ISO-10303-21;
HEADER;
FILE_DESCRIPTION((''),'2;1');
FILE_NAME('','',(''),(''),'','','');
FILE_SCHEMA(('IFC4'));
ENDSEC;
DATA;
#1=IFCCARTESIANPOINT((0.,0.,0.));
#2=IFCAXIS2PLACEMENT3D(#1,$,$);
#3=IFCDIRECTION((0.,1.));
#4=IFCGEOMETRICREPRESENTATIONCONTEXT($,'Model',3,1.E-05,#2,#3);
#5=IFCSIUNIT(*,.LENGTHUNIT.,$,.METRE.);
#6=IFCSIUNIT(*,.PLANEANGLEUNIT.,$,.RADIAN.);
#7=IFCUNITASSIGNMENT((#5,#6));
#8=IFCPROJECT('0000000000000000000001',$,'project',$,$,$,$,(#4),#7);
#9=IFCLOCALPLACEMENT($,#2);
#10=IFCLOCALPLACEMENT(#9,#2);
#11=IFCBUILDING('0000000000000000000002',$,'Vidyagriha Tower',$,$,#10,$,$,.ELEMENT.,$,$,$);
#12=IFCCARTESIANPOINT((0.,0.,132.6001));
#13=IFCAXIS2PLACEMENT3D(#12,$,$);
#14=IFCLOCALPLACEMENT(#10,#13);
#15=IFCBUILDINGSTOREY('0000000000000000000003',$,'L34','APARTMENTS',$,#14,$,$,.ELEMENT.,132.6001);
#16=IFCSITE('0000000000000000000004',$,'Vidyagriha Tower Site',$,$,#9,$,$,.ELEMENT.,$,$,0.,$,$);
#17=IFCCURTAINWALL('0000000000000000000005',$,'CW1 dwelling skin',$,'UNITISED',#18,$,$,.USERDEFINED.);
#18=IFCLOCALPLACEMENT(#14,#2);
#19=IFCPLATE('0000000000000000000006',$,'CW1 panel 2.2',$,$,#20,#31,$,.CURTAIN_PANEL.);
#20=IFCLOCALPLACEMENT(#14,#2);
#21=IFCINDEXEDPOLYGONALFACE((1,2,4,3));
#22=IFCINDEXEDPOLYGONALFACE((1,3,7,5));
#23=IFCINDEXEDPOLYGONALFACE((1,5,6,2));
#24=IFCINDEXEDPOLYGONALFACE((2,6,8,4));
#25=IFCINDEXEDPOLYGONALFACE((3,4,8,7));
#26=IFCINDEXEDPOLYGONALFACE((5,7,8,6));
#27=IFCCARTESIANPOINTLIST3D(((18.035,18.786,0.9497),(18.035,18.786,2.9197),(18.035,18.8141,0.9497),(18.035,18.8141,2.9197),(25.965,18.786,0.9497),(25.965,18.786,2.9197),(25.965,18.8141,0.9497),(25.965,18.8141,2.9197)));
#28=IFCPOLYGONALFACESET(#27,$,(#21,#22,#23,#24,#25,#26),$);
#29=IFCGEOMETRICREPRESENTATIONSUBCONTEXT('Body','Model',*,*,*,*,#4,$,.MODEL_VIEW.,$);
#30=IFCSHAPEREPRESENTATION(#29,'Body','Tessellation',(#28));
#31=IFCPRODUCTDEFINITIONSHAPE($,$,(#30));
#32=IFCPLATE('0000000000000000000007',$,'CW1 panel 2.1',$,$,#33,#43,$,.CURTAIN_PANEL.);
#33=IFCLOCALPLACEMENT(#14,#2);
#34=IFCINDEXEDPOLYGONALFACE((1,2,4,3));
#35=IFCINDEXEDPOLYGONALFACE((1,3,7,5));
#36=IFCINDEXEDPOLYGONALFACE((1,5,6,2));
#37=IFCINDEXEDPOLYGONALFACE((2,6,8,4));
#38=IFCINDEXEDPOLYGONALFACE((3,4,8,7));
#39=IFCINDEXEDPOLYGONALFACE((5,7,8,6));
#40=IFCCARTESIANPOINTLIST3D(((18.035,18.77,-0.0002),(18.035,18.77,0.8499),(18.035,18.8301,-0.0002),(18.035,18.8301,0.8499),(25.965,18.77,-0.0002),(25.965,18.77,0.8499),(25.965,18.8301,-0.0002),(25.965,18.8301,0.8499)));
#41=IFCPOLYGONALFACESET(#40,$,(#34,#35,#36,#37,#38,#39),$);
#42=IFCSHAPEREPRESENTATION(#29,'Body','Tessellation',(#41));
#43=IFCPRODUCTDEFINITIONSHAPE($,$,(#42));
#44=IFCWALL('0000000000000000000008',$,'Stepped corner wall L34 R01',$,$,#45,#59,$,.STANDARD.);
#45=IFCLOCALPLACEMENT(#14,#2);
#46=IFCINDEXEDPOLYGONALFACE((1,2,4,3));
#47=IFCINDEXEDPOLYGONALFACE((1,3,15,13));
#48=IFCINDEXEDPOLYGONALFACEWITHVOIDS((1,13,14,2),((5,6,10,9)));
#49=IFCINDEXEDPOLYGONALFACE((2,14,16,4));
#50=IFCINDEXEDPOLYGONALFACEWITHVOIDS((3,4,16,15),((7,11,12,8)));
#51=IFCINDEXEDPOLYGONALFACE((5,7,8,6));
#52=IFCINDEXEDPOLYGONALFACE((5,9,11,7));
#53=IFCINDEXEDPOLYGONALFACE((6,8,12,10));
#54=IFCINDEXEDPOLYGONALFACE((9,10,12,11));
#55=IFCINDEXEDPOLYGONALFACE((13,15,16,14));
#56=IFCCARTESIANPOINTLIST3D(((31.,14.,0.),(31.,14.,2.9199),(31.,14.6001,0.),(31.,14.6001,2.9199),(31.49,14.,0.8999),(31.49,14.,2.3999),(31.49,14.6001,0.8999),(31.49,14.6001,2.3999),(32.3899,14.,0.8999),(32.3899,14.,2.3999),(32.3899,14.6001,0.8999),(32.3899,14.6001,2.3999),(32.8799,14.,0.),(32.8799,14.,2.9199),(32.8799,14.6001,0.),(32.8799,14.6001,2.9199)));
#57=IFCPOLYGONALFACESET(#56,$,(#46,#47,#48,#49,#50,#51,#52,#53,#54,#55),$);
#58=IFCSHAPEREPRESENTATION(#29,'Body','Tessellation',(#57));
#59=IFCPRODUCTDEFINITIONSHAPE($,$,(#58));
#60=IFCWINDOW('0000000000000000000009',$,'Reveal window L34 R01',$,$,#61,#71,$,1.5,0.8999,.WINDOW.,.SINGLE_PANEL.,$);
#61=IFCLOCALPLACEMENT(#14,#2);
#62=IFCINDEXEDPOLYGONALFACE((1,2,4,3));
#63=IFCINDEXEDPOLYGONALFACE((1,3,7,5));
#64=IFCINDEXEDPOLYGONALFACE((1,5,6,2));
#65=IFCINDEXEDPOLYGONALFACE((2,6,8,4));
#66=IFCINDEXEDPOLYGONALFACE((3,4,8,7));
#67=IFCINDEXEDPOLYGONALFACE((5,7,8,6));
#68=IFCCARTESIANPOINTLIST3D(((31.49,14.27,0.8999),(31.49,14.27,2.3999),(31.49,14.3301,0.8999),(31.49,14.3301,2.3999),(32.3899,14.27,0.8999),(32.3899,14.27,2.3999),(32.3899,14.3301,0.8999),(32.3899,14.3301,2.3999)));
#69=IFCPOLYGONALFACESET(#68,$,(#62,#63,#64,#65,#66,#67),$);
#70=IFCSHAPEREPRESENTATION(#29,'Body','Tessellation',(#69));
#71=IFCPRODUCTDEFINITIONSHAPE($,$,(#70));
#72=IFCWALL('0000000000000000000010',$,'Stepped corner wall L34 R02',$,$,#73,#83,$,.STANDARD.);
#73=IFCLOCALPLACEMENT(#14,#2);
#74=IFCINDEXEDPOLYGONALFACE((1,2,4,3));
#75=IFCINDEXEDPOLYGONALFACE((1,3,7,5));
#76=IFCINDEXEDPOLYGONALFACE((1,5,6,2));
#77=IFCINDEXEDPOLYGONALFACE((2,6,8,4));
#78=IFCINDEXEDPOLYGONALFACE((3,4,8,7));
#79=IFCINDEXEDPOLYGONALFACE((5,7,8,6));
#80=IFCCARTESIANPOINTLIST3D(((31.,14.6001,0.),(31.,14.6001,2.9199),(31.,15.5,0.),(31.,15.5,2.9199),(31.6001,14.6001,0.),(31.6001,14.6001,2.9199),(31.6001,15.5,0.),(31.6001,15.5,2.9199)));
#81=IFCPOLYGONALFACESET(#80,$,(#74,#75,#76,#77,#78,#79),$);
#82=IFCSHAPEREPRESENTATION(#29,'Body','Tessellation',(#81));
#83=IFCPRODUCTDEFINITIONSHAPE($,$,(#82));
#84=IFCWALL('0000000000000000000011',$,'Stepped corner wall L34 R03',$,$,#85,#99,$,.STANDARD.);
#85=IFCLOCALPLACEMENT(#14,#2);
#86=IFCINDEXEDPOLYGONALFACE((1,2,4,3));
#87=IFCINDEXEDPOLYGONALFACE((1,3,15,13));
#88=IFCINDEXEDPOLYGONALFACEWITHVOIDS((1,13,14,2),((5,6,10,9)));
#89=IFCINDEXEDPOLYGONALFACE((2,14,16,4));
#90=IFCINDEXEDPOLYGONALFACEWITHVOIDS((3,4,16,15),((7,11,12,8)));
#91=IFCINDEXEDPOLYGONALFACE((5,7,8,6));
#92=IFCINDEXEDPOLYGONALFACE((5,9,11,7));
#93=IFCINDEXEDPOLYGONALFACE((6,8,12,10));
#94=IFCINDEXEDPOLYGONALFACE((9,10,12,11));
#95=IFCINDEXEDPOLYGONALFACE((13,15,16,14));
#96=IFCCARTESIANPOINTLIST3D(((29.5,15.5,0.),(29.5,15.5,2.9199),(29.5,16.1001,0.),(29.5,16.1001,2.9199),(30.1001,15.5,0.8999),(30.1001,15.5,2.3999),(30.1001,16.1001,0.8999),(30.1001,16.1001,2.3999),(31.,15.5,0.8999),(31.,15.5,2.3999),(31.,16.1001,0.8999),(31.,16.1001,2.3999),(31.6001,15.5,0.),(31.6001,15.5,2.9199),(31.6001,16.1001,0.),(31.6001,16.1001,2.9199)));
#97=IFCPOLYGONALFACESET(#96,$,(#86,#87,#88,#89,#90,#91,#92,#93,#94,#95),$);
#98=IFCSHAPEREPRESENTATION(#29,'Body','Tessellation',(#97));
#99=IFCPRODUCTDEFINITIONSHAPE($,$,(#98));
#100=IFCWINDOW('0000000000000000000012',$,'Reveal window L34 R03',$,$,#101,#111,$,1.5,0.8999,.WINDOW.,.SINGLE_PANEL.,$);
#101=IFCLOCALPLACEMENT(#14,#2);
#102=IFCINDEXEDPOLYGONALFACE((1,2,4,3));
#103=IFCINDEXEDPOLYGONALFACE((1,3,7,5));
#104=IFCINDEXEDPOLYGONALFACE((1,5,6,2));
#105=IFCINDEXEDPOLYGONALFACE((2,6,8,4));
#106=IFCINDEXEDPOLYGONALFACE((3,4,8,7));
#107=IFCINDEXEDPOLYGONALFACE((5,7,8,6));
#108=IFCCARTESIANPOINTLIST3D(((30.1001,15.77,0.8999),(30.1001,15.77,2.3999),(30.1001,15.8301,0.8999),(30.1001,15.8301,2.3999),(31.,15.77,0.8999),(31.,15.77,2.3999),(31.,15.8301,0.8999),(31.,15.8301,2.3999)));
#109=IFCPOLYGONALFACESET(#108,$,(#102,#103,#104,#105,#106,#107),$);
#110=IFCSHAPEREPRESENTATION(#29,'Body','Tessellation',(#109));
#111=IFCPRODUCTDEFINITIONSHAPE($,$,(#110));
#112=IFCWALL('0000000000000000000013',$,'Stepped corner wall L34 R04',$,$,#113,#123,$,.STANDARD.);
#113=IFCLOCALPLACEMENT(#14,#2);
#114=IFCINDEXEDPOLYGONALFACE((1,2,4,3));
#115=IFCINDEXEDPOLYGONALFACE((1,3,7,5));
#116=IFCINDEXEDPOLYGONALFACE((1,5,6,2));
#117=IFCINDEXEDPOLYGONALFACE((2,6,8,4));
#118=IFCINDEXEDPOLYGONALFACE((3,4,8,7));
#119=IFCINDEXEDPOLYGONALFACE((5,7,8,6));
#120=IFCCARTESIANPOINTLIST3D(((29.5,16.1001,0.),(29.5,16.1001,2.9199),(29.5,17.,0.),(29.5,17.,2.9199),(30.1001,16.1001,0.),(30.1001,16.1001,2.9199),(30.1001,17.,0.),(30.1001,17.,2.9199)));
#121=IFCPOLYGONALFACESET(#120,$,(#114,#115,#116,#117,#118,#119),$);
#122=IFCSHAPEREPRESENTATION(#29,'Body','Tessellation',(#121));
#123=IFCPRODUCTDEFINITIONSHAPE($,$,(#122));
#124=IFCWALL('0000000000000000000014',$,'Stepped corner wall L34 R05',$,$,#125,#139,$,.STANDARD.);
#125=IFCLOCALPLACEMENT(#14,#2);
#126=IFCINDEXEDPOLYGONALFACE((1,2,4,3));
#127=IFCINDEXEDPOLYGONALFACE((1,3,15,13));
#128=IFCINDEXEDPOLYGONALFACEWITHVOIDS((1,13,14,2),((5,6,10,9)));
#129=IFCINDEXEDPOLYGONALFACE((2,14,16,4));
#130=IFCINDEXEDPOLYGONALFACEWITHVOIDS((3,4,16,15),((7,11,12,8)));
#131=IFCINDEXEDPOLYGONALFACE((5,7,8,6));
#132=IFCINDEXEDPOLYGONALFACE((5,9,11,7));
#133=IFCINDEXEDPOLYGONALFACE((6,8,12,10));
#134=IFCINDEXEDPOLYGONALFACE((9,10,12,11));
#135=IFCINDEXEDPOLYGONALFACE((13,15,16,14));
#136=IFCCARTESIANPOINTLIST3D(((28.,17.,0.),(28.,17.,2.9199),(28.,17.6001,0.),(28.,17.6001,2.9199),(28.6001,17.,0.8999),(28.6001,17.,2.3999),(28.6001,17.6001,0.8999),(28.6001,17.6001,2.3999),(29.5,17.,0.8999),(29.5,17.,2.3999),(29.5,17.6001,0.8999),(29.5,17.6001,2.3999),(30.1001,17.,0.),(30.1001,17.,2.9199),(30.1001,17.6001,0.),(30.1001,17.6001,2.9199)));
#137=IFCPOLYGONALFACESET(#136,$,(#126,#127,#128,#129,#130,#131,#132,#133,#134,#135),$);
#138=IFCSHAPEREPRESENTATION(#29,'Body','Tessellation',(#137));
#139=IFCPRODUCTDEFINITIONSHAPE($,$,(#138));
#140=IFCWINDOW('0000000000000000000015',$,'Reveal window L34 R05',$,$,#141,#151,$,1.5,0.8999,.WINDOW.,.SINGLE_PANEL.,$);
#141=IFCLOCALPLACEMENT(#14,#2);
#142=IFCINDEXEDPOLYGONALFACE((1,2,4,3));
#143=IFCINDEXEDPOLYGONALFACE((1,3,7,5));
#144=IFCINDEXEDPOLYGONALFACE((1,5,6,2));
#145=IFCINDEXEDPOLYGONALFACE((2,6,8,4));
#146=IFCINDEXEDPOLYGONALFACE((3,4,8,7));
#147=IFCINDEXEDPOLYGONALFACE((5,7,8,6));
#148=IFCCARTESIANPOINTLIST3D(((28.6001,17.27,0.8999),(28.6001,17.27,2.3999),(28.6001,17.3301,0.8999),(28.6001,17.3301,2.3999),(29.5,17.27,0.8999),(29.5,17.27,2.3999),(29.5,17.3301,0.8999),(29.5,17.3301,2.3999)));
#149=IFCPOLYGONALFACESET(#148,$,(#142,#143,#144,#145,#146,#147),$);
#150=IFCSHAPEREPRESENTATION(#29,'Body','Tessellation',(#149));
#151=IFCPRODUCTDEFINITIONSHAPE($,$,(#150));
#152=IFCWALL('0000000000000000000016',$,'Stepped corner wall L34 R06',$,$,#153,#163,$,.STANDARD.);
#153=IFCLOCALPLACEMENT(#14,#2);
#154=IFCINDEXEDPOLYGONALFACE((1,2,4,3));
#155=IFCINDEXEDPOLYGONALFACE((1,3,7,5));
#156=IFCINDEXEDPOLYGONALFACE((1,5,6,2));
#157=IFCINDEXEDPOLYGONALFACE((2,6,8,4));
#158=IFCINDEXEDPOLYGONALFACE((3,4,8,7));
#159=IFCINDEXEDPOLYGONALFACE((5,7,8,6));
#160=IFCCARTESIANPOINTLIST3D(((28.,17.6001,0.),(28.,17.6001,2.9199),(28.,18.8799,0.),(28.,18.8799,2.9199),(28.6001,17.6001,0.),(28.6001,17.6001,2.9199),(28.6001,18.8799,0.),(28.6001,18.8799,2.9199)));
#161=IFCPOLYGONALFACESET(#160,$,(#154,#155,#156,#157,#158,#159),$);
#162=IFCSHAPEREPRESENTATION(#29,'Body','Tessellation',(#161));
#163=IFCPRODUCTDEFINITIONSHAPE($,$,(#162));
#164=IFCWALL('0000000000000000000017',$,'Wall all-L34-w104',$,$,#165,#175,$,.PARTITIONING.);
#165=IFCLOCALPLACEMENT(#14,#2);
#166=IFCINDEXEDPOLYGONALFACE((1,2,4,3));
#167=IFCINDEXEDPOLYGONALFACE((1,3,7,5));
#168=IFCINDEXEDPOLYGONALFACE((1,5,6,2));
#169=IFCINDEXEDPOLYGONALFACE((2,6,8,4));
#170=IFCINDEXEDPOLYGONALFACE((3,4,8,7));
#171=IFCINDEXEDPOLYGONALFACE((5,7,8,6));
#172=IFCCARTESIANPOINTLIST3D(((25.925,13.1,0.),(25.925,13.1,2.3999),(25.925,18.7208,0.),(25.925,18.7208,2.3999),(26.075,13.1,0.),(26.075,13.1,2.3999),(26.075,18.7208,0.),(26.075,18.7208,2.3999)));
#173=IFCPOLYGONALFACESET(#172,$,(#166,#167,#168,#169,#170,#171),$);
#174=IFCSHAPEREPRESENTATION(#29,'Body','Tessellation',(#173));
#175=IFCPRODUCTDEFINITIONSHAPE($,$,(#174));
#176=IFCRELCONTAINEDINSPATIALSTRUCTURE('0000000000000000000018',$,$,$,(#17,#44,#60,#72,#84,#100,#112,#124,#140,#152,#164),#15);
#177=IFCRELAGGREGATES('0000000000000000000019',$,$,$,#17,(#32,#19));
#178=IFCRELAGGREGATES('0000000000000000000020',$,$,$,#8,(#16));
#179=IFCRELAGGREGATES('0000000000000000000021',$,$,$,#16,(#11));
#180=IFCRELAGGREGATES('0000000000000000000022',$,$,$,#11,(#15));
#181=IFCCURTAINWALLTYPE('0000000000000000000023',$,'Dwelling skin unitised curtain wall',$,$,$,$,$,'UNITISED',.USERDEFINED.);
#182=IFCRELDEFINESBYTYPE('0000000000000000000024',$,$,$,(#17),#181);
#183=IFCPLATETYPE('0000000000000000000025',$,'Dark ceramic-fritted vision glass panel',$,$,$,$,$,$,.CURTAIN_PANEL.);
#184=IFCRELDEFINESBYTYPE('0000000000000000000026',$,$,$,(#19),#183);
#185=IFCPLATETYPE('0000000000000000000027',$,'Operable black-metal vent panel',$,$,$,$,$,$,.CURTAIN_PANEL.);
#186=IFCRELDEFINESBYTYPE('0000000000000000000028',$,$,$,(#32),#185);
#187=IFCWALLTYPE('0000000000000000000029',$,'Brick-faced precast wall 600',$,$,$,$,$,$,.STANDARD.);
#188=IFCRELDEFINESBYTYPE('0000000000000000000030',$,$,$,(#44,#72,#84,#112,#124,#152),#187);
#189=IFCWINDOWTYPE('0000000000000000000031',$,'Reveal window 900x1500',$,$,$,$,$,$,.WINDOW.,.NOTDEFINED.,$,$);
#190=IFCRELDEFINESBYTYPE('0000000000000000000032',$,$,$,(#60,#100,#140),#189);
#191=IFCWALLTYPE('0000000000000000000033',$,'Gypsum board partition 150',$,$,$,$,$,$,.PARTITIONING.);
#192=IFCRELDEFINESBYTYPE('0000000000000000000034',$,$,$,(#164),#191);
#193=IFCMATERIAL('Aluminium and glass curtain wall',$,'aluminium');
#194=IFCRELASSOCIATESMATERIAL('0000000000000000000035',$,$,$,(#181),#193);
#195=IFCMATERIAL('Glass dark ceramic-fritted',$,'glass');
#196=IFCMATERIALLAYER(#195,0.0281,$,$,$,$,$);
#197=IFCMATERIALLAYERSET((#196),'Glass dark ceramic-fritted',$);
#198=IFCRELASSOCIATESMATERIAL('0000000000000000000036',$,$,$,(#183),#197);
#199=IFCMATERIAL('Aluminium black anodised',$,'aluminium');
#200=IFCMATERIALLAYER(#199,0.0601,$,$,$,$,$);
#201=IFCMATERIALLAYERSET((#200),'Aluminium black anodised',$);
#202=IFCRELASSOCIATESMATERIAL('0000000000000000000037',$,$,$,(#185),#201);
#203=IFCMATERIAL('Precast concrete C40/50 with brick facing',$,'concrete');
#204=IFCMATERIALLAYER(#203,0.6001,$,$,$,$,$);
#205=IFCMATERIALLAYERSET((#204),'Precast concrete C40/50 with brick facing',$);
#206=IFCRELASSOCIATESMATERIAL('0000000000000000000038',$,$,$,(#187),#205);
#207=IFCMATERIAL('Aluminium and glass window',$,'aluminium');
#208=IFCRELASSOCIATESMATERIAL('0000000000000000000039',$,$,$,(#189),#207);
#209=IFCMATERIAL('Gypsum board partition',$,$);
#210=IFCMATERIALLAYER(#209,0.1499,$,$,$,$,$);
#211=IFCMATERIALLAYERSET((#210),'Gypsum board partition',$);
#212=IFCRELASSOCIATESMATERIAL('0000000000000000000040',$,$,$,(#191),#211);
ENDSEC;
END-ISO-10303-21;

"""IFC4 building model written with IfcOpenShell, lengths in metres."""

from ifc_helpers import new_model, si_unit, direction, frame, frame_2d, origin, origin_2d, place, context, subcontext, project, spatial, rectangle, extrude, material, layer, layer_set, type_object, element, fill, aggregate, save


model = new_model("IFC4")

# Units and contexts
model_context = context("Model", 3, precision=1e-05, world=origin(), true_north=direction((0.0, 1.0)))
body_context = subcontext(model_context, "Body", "Model", "MODEL_VIEW")
ifc_project = project(units=[si_unit("LENGTHUNIT", "METRE"), si_unit("PLANEANGLEUNIT", "RADIAN")], contexts=[model_context])

# Site, building, storey
site_placement = place(None, origin())
site = spatial("IfcSite", under=ifc_project, at=site_placement, Name="Vidyagriha Tower Site", CompositionType="ELEMENT", RefElevation=0.0)
building_placement = place(site_placement, origin())
building = spatial("IfcBuilding", under=site, at=building_placement, Name="Vidyagriha Tower", CompositionType="ELEMENT")
storey_placement = place(building_placement, frame((0.0, 0.0, 132.6001)))
storey = spatial("IfcBuildingStorey", under=building, at=storey_placement, Name="L34", Description="APARTMENTS", CompositionType="ELEMENT", Elevation=132.6001)

# Curtain wall, plates
ifc_material_1 = material(Name="Aluminium and glass curtain wall", Category="aluminium")
curtain_wall_type = type_object("IfcCurtainWallType", Name="Dwelling skin unitised curtain wall", ElementType="UNITISED", PredefinedType="USERDEFINED", material=ifc_material_1)
curtain_wall_placement = place(storey_placement, origin())
curtain_wall = element("IfcCurtainWall", 1, at=curtain_wall_placement, inside=storey, type_object=curtain_wall_type, Name="CW1 dwelling skin", ObjectType="UNITISED", PredefinedType="USERDEFINED")
ifc_material_2 = material(Name="Glass dark ceramic-fritted", Category="glass")
ifc_layer_1 = layer(ifc_material_2, 0.0281)
ifc_layer_set_1 = layer_set([ifc_layer_1], Name="Glass dark ceramic-fritted")
plate_type_1 = type_object("IfcPlateType", Name="Dark ceramic-fritted vision glass panel", PredefinedType="CURTAIN_PANEL", material=ifc_layer_set_1)
plate_1_placement = place(storey_placement, frame((22.0, 18.8, 0.9497), z_axis=(0.0, 0.0, 1.0), x_axis=(-1.0, 0.0, 0.0)))
plate_1 = element("IfcPlate", 2, at=plate_1_placement, type_object=plate_type_1, Name="CW1 panel 2.2", PredefinedType="CURTAIN_PANEL", context=body_context, shape_type="SweptSolid", body=[
    extrude(rectangle(XDim=7.9299, YDim=0.0281, at=origin_2d()), origin(), (0.0, 0.0, 1.0), 1.97),
])
ifc_material_3 = material(Name="Aluminium black anodised", Category="aluminium")
ifc_layer_2 = layer(ifc_material_3, 0.0601)
ifc_layer_set_2 = layer_set([ifc_layer_2], Name="Aluminium black anodised")
plate_type_2 = type_object("IfcPlateType", Name="Operable black-metal vent panel", PredefinedType="CURTAIN_PANEL", material=ifc_layer_set_2)
plate_2_placement = place(storey_placement, frame((22.0, 18.8, -0.0002), z_axis=(0.0, 0.0, 1.0), x_axis=(-1.0, 0.0, 0.0)))
plate_2 = element("IfcPlate", 3, at=plate_2_placement, type_object=plate_type_2, Name="CW1 panel 2.1", PredefinedType="CURTAIN_PANEL", context=body_context, shape_type="SweptSolid", body=[
    extrude(rectangle(XDim=7.9299, YDim=0.0601, at=origin_2d()), origin(), (0.0, 0.0, 1.0), 0.8501),
])
aggregate(curtain_wall, [plate_2, plate_1])

# Wall, opening, window
ifc_material_4 = material(Name="Precast concrete C40/50 with brick facing", Category="concrete")
ifc_layer_3 = layer(ifc_material_4, 0.6001)
ifc_layer_set_3 = layer_set([ifc_layer_3], Name="Precast concrete C40/50 with brick facing")
wall_type_1 = type_object("IfcWallType", Name="Brick-faced precast wall 600", PredefinedType="STANDARD", material=ifc_layer_set_3)
wall_1_placement = place(storey_placement, frame((32.8799, 14.3, 0.0), z_axis=(0.0, 0.0, 1.0), x_axis=(-1.0, 0.0, 0.0)))
wall_1 = element("IfcWall", 4, at=wall_1_placement, inside=storey, type_object=wall_type_1, Name="Stepped corner wall L34 R01", PredefinedType="STANDARD", context=body_context, shape_type="SweptSolid", body=[
    extrude(rectangle(XDim=1.8799, YDim=0.6001, at=frame_2d((0.9399, 0.0))), origin(), (0.0, 0.0, 1.0), 2.9199),
])
opening_1_placement = place(wall_1_placement, frame((0.49, 0.0, 0.8999)))
opening_1 = element("IfcOpeningElement", 5, at=opening_1_placement, cuts=wall_1, PredefinedType="OPENING", context=body_context, shape_type="SweptSolid", body=[
    extrude(rectangle(XDim=0.8999, YDim=1.5, at=frame_2d((0.45, 0.75))), frame((0.0, 0.3101, 0.0), z_axis=(0.0, -1.0, 0.0), x_axis=(1.0, 0.0, 0.0)), (0.0, 0.0, 1.0), 0.6201),
])
ifc_material_5 = material(Name="Aluminium and glass window", Category="aluminium")
window_type = type_object("IfcWindowType", Name="Reveal window 900x1500", PartitioningType="NOTDEFINED", PredefinedType="WINDOW", material=ifc_material_5)
window_1_placement = place(opening_1_placement, origin())
window_1 = element("IfcWindow", 6, at=window_1_placement, inside=storey, type_object=window_type, Name="Reveal window L34 R01", OverallHeight=1.5, OverallWidth=0.8999, PartitioningType="SINGLE_PANEL", PredefinedType="WINDOW", context=body_context, shape_type="SweptSolid", body=[
    extrude(rectangle(XDim=0.8999, YDim=1.5, at=frame_2d((0.45, 0.75))), frame((0.0, 0.03, 0.0), z_axis=(0.0, -1.0, 0.0), x_axis=(1.0, 0.0, 0.0)), (0.0, 0.0, 1.0), 0.0601),
])
fill(opening_1, window_1)

# Wall
wall_2_placement = place(storey_placement, frame((31.3, 14.6001, 0.0), z_axis=(0.0, 0.0, 1.0), x_axis=(0.0, 1.0, 0.0)))
element("IfcWall", 7, at=wall_2_placement, inside=storey, type_object=wall_type_1, Name="Stepped corner wall L34 R02", PredefinedType="STANDARD", context=body_context, shape_type="SweptSolid", body=[
    extrude(rectangle(XDim=0.8999, YDim=0.6001, at=frame_2d((0.45, 0.0))), origin(), (0.0, 0.0, 1.0), 2.9199),
])

# Wall, opening, window
wall_3_placement = place(storey_placement, frame((31.6001, 15.8, 0.0), z_axis=(0.0, 0.0, 1.0), x_axis=(-1.0, 0.0, 0.0)))
wall_3 = element("IfcWall", 8, at=wall_3_placement, inside=storey, type_object=wall_type_1, Name="Stepped corner wall L34 R03", PredefinedType="STANDARD", context=body_context, shape_type="SweptSolid", body=[
    extrude(rectangle(XDim=2.1001, YDim=0.6001, at=frame_2d((1.05, 0.0))), origin(), (0.0, 0.0, 1.0), 2.9199),
])
opening_2_placement = place(wall_3_placement, frame((0.6001, 0.0, 0.8999)))
opening_2 = element("IfcOpeningElement", 9, at=opening_2_placement, cuts=wall_3, PredefinedType="OPENING", context=body_context, shape_type="SweptSolid", body=[
    extrude(rectangle(XDim=0.8999, YDim=1.5, at=frame_2d((0.45, 0.75))), frame((0.0, 0.3101, 0.0), z_axis=(0.0, -1.0, 0.0), x_axis=(1.0, 0.0, 0.0)), (0.0, 0.0, 1.0), 0.6201),
])
window_2_placement = place(opening_2_placement, origin())
window_2 = element("IfcWindow", 10, at=window_2_placement, inside=storey, type_object=window_type, Name="Reveal window L34 R03", OverallHeight=1.5, OverallWidth=0.8999, PartitioningType="SINGLE_PANEL", PredefinedType="WINDOW", context=body_context, shape_type="SweptSolid", body=[
    extrude(rectangle(XDim=0.8999, YDim=1.5, at=frame_2d((0.45, 0.75))), frame((0.0, 0.03, 0.0), z_axis=(0.0, -1.0, 0.0), x_axis=(1.0, 0.0, 0.0)), (0.0, 0.0, 1.0), 0.0601),
])
fill(opening_2, window_2)

# Wall
wall_4_placement = place(storey_placement, frame((29.8, 16.1001, 0.0), z_axis=(0.0, 0.0, 1.0), x_axis=(0.0, 1.0, 0.0)))
element("IfcWall", 11, at=wall_4_placement, inside=storey, type_object=wall_type_1, Name="Stepped corner wall L34 R04", PredefinedType="STANDARD", context=body_context, shape_type="SweptSolid", body=[
    extrude(rectangle(XDim=0.8999, YDim=0.6001, at=frame_2d((0.45, 0.0))), origin(), (0.0, 0.0, 1.0), 2.9199),
])

# Wall, opening, window
wall_5_placement = place(storey_placement, frame((30.1001, 17.3, 0.0), z_axis=(0.0, 0.0, 1.0), x_axis=(-1.0, 0.0, 0.0)))
wall_5 = element("IfcWall", 12, at=wall_5_placement, inside=storey, type_object=wall_type_1, Name="Stepped corner wall L34 R05", PredefinedType="STANDARD", context=body_context, shape_type="SweptSolid", body=[
    extrude(rectangle(XDim=2.1001, YDim=0.6001, at=frame_2d((1.05, 0.0))), origin(), (0.0, 0.0, 1.0), 2.9199),
])
opening_3_placement = place(wall_5_placement, frame((0.6001, 0.0, 0.8999)))
opening_3 = element("IfcOpeningElement", 13, at=opening_3_placement, cuts=wall_5, PredefinedType="OPENING", context=body_context, shape_type="SweptSolid", body=[
    extrude(rectangle(XDim=0.8999, YDim=1.5, at=frame_2d((0.45, 0.75))), frame((0.0, 0.3101, 0.0), z_axis=(0.0, -1.0, 0.0), x_axis=(1.0, 0.0, 0.0)), (0.0, 0.0, 1.0), 0.6201),
])
window_3_placement = place(opening_3_placement, origin())
window_3 = element("IfcWindow", 14, at=window_3_placement, inside=storey, type_object=window_type, Name="Reveal window L34 R05", OverallHeight=1.5, OverallWidth=0.8999, PartitioningType="SINGLE_PANEL", PredefinedType="WINDOW", context=body_context, shape_type="SweptSolid", body=[
    extrude(rectangle(XDim=0.8999, YDim=1.5, at=frame_2d((0.45, 0.75))), frame((0.0, 0.03, 0.0), z_axis=(0.0, -1.0, 0.0), x_axis=(1.0, 0.0, 0.0)), (0.0, 0.0, 1.0), 0.0601),
])
fill(opening_3, window_3)

# Walls
wall_6_placement = place(storey_placement, frame((28.3, 17.6001, 0.0), z_axis=(0.0, 0.0, 1.0), x_axis=(0.0, 1.0, 0.0)))
element("IfcWall", 15, at=wall_6_placement, inside=storey, type_object=wall_type_1, Name="Stepped corner wall L34 R06", PredefinedType="STANDARD", context=body_context, shape_type="SweptSolid", body=[
    extrude(rectangle(XDim=1.2798, YDim=0.6001, at=frame_2d((0.6399, 0.0))), origin(), (0.0, 0.0, 1.0), 2.9199),
])
ifc_material_6 = material(Name="Gypsum board partition")
ifc_layer_4 = layer(ifc_material_6, 0.1499)
ifc_layer_set_4 = layer_set([ifc_layer_4], Name="Gypsum board partition")
wall_type_2 = type_object("IfcWallType", Name="Gypsum board partition 150", PredefinedType="PARTITIONING", material=ifc_layer_set_4)
wall_7_placement = place(storey_placement, frame((26.0, 18.7209, 0.0), z_axis=(0.0, 0.0, 1.0), x_axis=(0.0, -1.0, 0.0)))
element("IfcWall", 16, at=wall_7_placement, inside=storey, type_object=wall_type_2, Name="Wall all-L34-w104", PredefinedType="PARTITIONING", context=body_context, shape_type="SweptSolid", body=[
    extrude(rectangle(XDim=5.6208, YDim=0.1499, at=frame_2d((2.8105, 0.0))), origin(), (0.0, 0.0, 1.0), 2.3999),
])

save(model, "model.ifc")
